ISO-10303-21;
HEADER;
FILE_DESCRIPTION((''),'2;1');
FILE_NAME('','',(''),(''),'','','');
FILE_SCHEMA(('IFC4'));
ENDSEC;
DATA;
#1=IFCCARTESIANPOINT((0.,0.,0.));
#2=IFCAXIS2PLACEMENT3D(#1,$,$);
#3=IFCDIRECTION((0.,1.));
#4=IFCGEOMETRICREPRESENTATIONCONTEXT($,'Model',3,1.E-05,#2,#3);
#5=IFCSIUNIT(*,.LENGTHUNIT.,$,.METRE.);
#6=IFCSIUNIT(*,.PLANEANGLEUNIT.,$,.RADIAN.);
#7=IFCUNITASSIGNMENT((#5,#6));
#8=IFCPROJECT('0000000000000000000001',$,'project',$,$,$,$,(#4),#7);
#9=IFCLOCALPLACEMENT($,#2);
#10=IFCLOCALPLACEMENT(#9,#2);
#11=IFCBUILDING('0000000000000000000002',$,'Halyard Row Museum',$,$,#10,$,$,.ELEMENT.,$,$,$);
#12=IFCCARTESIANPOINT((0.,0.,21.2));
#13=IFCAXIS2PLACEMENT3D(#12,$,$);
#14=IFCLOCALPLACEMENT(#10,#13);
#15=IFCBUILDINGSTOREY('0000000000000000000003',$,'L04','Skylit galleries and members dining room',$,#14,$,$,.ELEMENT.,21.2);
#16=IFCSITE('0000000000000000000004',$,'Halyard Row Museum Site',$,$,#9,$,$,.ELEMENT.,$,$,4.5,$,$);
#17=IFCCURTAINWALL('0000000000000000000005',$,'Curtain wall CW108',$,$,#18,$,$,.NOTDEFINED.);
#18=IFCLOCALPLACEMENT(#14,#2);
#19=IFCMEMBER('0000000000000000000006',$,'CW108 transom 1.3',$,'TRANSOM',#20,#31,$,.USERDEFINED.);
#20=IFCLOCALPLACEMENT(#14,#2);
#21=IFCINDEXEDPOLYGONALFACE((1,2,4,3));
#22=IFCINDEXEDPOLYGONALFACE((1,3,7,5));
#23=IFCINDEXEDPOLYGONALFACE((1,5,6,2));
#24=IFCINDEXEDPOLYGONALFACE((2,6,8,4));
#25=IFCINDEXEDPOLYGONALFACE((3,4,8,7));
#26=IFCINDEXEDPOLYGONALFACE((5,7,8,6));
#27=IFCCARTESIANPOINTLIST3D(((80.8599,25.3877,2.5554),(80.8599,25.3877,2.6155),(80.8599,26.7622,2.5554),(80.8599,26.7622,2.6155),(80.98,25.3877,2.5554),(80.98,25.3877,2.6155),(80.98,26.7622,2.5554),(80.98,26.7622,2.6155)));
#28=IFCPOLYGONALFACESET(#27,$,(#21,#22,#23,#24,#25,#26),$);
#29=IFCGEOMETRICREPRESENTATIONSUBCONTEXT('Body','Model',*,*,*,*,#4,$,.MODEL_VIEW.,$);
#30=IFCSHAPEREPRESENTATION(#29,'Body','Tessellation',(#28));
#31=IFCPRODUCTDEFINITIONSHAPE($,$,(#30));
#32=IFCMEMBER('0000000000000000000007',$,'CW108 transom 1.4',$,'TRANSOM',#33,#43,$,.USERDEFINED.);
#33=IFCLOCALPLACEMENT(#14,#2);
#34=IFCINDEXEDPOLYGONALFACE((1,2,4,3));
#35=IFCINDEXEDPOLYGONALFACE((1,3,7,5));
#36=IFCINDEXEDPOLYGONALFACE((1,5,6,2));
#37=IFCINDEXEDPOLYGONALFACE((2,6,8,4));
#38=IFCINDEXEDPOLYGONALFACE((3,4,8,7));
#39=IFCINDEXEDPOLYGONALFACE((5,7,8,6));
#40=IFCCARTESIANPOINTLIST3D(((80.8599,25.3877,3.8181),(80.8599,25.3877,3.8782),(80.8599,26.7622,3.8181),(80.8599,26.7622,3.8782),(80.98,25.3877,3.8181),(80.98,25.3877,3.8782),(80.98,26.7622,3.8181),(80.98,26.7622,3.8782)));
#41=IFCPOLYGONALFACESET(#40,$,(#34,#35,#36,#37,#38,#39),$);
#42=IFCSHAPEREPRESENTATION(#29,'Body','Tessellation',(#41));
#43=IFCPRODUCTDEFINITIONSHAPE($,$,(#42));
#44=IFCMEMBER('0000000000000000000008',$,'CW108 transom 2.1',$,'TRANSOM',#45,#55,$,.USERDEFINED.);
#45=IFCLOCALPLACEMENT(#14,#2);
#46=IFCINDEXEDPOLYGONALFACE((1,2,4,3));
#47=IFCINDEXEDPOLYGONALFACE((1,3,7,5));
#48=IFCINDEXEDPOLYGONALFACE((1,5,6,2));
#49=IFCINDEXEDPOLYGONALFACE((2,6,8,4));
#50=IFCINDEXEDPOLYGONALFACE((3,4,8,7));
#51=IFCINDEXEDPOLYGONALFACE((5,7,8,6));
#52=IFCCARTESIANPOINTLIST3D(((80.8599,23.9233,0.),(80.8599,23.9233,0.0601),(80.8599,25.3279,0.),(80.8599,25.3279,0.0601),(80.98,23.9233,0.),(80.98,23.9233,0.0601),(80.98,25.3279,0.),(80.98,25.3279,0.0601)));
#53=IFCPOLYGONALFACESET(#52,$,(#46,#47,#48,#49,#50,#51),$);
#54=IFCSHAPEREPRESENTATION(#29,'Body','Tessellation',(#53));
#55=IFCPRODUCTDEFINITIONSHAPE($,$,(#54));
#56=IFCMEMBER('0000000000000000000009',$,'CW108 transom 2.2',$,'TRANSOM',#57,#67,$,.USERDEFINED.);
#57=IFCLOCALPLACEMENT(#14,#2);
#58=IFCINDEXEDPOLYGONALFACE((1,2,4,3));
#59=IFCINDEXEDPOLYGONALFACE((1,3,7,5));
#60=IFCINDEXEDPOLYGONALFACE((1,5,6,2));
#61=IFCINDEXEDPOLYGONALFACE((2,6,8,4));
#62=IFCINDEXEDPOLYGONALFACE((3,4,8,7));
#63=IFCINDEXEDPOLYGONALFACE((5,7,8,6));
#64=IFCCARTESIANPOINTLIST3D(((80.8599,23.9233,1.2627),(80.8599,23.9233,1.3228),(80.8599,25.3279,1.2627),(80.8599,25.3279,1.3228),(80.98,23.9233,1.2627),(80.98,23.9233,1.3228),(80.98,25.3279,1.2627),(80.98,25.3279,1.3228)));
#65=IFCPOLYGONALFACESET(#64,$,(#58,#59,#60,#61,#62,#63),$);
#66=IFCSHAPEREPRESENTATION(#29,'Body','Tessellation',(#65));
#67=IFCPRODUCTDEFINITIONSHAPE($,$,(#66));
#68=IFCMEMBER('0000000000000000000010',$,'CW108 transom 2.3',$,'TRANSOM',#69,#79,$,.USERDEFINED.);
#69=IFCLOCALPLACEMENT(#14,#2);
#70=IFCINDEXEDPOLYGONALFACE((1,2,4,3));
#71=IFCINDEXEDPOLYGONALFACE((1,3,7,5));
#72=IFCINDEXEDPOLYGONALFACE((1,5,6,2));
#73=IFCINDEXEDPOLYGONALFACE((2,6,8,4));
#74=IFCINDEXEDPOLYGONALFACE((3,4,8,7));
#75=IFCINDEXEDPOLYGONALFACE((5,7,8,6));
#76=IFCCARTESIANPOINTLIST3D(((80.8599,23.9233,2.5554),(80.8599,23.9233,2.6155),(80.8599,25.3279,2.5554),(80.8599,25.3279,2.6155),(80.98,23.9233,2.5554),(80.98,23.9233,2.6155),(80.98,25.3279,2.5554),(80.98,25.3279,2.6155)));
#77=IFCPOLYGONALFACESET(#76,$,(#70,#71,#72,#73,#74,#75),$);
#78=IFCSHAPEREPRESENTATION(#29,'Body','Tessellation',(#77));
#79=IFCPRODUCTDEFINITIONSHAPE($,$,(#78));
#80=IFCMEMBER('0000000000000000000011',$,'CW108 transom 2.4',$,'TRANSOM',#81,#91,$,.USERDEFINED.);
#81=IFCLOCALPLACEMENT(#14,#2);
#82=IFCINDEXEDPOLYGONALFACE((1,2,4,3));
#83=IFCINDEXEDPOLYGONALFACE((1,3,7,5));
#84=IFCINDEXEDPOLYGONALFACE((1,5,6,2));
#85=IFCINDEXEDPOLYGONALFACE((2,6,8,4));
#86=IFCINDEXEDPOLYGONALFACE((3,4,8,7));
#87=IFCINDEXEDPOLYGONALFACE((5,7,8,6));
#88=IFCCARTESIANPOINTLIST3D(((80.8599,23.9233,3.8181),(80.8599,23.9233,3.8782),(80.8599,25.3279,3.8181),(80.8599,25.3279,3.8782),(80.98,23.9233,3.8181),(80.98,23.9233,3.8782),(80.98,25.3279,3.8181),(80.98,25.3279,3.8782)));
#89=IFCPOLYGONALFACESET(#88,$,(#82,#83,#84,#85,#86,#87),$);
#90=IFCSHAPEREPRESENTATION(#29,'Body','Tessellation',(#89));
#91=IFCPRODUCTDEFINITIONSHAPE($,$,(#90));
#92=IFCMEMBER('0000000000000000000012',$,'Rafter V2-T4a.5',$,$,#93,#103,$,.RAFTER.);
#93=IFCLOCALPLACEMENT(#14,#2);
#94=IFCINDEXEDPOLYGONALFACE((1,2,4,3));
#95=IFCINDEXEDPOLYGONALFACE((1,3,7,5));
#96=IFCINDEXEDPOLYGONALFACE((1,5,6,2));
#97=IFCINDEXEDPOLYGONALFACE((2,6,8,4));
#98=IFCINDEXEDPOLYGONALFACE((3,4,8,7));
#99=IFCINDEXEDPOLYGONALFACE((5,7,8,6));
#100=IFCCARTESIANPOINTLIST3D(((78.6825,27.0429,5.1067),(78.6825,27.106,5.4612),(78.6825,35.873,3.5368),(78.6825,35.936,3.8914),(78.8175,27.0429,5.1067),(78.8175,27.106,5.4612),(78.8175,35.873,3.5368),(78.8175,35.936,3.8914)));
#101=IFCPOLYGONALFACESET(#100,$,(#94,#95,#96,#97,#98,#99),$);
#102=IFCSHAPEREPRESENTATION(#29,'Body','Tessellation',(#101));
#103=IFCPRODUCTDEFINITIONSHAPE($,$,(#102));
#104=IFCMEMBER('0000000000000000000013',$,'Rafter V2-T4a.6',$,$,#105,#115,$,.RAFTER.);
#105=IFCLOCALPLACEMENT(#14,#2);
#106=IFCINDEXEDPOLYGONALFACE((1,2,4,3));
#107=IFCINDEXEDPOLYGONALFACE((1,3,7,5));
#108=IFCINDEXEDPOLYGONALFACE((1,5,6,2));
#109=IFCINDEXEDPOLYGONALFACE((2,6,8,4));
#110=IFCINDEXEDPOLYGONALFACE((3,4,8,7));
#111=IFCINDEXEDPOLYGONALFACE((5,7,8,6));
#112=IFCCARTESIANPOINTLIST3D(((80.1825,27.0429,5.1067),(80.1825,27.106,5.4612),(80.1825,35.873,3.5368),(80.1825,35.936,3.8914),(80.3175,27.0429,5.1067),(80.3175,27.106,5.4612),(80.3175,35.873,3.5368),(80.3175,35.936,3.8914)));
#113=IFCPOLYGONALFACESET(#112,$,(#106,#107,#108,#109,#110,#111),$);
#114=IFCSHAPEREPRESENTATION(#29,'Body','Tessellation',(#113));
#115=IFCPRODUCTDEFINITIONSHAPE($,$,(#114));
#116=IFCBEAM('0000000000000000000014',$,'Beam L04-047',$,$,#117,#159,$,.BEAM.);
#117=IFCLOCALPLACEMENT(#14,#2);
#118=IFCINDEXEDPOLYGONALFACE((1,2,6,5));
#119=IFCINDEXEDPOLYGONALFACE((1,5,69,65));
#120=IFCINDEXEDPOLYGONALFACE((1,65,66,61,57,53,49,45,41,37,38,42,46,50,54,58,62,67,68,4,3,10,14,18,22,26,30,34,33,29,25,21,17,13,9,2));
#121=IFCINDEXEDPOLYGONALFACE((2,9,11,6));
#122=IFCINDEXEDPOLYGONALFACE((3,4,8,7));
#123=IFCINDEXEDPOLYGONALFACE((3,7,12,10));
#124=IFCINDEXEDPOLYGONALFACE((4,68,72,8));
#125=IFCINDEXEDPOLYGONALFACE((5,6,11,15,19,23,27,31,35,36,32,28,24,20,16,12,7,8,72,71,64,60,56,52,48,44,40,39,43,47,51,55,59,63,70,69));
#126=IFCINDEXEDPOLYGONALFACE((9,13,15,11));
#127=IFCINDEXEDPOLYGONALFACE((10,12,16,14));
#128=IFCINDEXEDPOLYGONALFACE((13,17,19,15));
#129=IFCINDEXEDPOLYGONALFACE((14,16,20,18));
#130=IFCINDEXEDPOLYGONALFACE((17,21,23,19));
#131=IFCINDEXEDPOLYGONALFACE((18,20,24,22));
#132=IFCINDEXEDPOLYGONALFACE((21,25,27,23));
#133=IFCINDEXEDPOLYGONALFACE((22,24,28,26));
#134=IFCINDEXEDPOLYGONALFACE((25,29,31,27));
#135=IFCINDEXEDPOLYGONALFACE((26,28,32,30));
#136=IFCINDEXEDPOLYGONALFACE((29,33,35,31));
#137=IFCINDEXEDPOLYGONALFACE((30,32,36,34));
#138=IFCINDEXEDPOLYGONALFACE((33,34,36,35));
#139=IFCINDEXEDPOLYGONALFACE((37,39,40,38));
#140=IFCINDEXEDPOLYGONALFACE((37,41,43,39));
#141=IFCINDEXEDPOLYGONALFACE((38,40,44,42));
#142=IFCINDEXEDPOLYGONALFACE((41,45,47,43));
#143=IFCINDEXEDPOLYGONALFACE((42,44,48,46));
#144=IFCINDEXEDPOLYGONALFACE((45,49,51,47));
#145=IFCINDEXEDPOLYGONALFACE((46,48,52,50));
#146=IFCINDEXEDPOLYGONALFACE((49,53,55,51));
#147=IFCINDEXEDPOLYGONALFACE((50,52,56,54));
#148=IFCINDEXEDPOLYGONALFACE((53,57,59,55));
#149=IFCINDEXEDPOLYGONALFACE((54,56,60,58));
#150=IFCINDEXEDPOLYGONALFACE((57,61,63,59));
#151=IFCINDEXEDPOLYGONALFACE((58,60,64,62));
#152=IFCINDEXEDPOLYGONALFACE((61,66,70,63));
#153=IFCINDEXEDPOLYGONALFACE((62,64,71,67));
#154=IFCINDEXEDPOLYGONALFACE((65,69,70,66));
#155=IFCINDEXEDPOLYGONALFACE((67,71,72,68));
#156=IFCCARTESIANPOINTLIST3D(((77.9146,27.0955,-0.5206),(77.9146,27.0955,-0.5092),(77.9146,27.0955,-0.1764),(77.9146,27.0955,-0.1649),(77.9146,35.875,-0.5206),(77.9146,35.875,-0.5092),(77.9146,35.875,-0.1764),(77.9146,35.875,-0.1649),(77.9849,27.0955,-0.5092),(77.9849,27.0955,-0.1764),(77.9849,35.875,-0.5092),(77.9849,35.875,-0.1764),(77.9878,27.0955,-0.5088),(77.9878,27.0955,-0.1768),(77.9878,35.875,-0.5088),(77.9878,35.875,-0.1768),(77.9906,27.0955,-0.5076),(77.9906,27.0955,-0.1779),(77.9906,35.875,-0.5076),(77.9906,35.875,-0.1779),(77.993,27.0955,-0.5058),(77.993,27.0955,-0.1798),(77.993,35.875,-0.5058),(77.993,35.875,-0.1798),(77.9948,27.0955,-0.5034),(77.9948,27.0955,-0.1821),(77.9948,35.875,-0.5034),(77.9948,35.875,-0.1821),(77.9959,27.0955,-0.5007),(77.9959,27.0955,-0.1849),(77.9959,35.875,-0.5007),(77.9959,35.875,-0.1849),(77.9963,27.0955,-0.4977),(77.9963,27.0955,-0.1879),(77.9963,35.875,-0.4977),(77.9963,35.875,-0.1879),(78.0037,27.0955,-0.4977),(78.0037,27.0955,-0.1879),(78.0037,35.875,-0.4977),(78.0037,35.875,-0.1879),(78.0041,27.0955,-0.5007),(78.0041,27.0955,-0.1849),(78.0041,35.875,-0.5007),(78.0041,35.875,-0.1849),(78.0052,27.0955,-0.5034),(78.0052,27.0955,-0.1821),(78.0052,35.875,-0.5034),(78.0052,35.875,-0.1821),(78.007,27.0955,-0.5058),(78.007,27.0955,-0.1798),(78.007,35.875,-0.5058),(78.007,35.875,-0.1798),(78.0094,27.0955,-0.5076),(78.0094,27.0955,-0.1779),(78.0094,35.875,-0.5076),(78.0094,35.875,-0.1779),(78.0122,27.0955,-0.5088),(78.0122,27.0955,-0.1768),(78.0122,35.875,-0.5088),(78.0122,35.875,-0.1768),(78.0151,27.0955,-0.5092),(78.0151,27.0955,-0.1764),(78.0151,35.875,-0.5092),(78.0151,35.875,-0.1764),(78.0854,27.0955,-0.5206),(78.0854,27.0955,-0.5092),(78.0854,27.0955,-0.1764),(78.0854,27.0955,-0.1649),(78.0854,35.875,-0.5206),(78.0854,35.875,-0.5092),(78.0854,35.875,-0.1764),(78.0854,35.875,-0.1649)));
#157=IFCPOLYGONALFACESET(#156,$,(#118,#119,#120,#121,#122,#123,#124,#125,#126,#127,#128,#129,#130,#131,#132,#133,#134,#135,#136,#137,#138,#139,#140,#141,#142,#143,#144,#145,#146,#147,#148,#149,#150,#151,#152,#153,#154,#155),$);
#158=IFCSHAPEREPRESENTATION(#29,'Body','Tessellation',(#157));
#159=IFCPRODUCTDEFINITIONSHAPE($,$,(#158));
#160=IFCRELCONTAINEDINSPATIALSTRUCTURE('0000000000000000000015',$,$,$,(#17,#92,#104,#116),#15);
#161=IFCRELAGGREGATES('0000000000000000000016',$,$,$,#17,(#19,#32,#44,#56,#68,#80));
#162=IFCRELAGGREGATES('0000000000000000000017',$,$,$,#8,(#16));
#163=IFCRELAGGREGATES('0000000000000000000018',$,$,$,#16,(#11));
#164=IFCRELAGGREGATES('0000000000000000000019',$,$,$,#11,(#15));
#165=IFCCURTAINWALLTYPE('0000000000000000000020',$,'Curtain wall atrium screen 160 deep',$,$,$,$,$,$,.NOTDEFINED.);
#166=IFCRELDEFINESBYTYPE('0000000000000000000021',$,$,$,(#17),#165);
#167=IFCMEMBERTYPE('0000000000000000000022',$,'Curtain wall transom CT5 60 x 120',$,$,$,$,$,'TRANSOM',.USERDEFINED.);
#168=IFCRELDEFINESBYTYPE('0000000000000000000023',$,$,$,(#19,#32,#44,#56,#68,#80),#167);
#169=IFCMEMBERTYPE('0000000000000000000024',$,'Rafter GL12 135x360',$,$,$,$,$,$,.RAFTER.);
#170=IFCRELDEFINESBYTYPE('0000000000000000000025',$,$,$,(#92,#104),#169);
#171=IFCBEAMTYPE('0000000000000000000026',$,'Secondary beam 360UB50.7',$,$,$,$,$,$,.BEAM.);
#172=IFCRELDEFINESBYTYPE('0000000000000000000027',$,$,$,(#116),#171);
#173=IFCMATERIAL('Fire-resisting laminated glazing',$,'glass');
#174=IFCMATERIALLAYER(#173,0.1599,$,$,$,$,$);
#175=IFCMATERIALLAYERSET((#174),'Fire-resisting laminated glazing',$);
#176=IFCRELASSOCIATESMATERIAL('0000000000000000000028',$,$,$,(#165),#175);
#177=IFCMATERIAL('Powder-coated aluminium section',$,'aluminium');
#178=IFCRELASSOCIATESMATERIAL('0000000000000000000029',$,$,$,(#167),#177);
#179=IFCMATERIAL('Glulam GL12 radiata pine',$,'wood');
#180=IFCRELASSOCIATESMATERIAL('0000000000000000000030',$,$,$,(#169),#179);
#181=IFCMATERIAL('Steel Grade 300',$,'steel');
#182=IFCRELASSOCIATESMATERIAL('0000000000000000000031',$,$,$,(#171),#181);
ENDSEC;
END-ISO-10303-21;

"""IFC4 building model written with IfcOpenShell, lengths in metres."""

from ifc_helpers import new_model, si_unit, direction, frame, origin, origin_2d, place, context, subcontext, project, spatial, rectangle, i_section, extrude, material, layer, layer_set, material_profile, profile_set, type_object, element, aggregate, save


model = new_model("IFC4")

# Units and contexts
model_context = context("Model", 3, precision=1e-05, world=origin(), true_north=direction((0.0, 1.0)))
body_context = subcontext(model_context, "Body", "Model", "MODEL_VIEW")
ifc_project = project(units=[si_unit("LENGTHUNIT", "METRE"), si_unit("PLANEANGLEUNIT", "RADIAN")], contexts=[model_context])

# Site, building, storey
site_placement = place(None, origin())
site = spatial("IfcSite", under=ifc_project, at=site_placement, Name="Halyard Row Museum Site", CompositionType="ELEMENT", RefElevation=4.5)
building_placement = place(site_placement, origin())
building = spatial("IfcBuilding", under=site, at=building_placement, Name="Halyard Row Museum", CompositionType="ELEMENT")
storey_placement = place(building_placement, frame((0.0, 0.0, 21.2)))
storey = spatial("IfcBuildingStorey", under=building, at=storey_placement, Name="L04", Description="Skylit galleries and members dining room", CompositionType="ELEMENT", Elevation=21.2)

# Curtain wall
ifc_material_1 = material(Name="Fire-resisting laminated glazing", Category="glass")
ifc_layer_1 = layer(ifc_material_1, 0.1599)
ifc_layer_set_1 = layer_set([ifc_layer_1], Name="Fire-resisting laminated glazing")
curtain_wall_type_1 = type_object("IfcCurtainWallType", Name="Curtain wall atrium screen 160 deep", PredefinedType="NOTDEFINED", material=ifc_layer_set_1)
curtain_wall_1_placement = place(storey_placement, origin())
curtain_wall_1 = element("IfcCurtainWall", 1, at=curtain_wall_1_placement, inside=storey, type_object=curtain_wall_type_1, Name="Curtain wall CW108", PredefinedType="NOTDEFINED")

# Members
ifc_material_2 = material(Name="Powder-coated aluminium section", Category="aluminium")
ifc_material_profile_1 = material_profile(ifc_material_2, rectangle(XDim=0.1201, YDim=0.0601, at=origin_2d()), Name="120x60 transom")
ifc_profile_set_1 = profile_set([ifc_material_profile_1], Name="Powder-coated aluminium section")
member_type_1 = type_object("IfcMemberType", Name="Curtain wall transom CT5 60 x 120", ElementType="TRANSOM", PredefinedType="USERDEFINED", material=ifc_profile_set_1)
member_1_placement = place(storey_placement, frame((80.9199, 26.7622, 2.5854), z_axis=(0.0, -1.0, 0.0), x_axis=(1.0, 0.0, 0.0)))
member_1 = element("IfcMember", 2, at=member_1_placement, type_object=member_type_1, Name="CW108 transom 1.3", ObjectType="TRANSOM", PredefinedType="USERDEFINED", context=body_context, shape_type="SweptSolid", body=[
    extrude(rectangle(XDim=0.1201, YDim=0.0601, at=origin_2d()), origin(), (0.0, 0.0, 1.0), 1.3745),
])
member_2_placement = place(storey_placement, frame((80.9199, 26.7622, 3.8481), z_axis=(0.0, -1.0, 0.0), x_axis=(1.0, 0.0, 0.0)))
member_2 = element("IfcMember", 3, at=member_2_placement, type_object=member_type_1, Name="CW108 transom 1.4", ObjectType="TRANSOM", PredefinedType="USERDEFINED", context=body_context, shape_type="SweptSolid", body=[
    extrude(rectangle(XDim=0.1201, YDim=0.0601, at=origin_2d()), origin(), (0.0, 0.0, 1.0), 1.3745),
])
member_3_placement = place(storey_placement, frame((80.9199, 25.3279, 0.03), z_axis=(0.0, -1.0, 0.0), x_axis=(1.0, 0.0, 0.0)))
member_3 = element("IfcMember", 4, at=member_3_placement, type_object=member_type_1, Name="CW108 transom 2.1", ObjectType="TRANSOM", PredefinedType="USERDEFINED", context=body_context, shape_type="SweptSolid", body=[
    extrude(rectangle(XDim=0.1201, YDim=0.0601, at=origin_2d()), origin(), (0.0, 0.0, 1.0), 1.4045),
])
member_4_placement = place(storey_placement, frame((80.9199, 25.3279, 1.2927), z_axis=(0.0, -1.0, 0.0), x_axis=(1.0, 0.0, 0.0)))
member_4 = element("IfcMember", 5, at=member_4_placement, type_object=member_type_1, Name="CW108 transom 2.2", ObjectType="TRANSOM", PredefinedType="USERDEFINED", context=body_context, shape_type="SweptSolid", body=[
    extrude(rectangle(XDim=0.1201, YDim=0.0601, at=origin_2d()), origin(), (0.0, 0.0, 1.0), 1.4045),
])
member_5_placement = place(storey_placement, frame((80.9199, 25.3279, 2.5854), z_axis=(0.0, -1.0, 0.0), x_axis=(1.0, 0.0, 0.0)))
member_5 = element("IfcMember", 6, at=member_5_placement, type_object=member_type_1, Name="CW108 transom 2.3", ObjectType="TRANSOM", PredefinedType="USERDEFINED", context=body_context, shape_type="SweptSolid", body=[
    extrude(rectangle(XDim=0.1201, YDim=0.0601, at=origin_2d()), origin(), (0.0, 0.0, 1.0), 1.4045),
])
member_6_placement = place(storey_placement, frame((80.9199, 25.3279, 3.8481), z_axis=(0.0, -1.0, 0.0), x_axis=(1.0, 0.0, 0.0)))
member_6 = element("IfcMember", 7, at=member_6_placement, type_object=member_type_1, Name="CW108 transom 2.4", ObjectType="TRANSOM", PredefinedType="USERDEFINED", context=body_context, shape_type="SweptSolid", body=[
    extrude(rectangle(XDim=0.1201, YDim=0.0601, at=origin_2d()), origin(), (0.0, 0.0, 1.0), 1.4045),
])

# Members
ifc_material_3 = material(Name="Glulam GL12 radiata pine", Category="wood")
ifc_material_profile_2 = material_profile(ifc_material_3, rectangle(XDim=0.135, YDim=0.3601, at=origin_2d()), Name="GL12 135x360")
ifc_profile_set_2 = profile_set([ifc_material_profile_2], Name="Glulam GL12 radiata pine")
member_type_2 = type_object("IfcMemberType", Name="Rafter GL12 135x360", PredefinedType="RAFTER", material=ifc_profile_set_2)
for number, where, z_axis, x_axis, name in (
    (8, (78.75, 27.0745, 5.2839), (0.0, 0.984562, -0.175037), (-1.0, 0.0, 0.0), "Rafter V2-T4a.5"),
    (9, (80.25, 27.0745, 5.2839), (0.0, 0.984562, -0.175037), (-1.0, 0.0, 0.0), "Rafter V2-T4a.6"),
):
    element("IfcMember", number, at=place(storey_placement, frame(where, z_axis=z_axis, x_axis=x_axis)), inside=storey, type_object=member_type_2, Name=name, PredefinedType="RAFTER", context=body_context, shape_type="SweptSolid", body=[
        extrude(rectangle(XDim=0.135, YDim=0.3601, at=origin_2d()), origin(), (0.0, 0.0, 1.0), 8.9685),
    ])

# Beam
ifc_material_4 = material(Name="Steel Grade 300", Category="steel")
ifc_material_profile_3 = material_profile(ifc_material_4, i_section(OverallWidth=0.1709, OverallDepth=0.3557, WebThickness=0.0073, FlangeThickness=0.0115, FilletRadius=0.0115, at=origin_2d()), Name="360UB50.7")
ifc_profile_set_3 = profile_set([ifc_material_profile_3], Name="Steel Grade 300")
beam_type = type_object("IfcBeamType", Name="Secondary beam 360UB50.7", PredefinedType="BEAM", material=ifc_profile_set_3)
beam_placement = place(storey_placement, frame((78.0, 27.0955, -0.3428), z_axis=(0.0, 1.0, 0.0), x_axis=(-1.0, 0.0, 0.0)))
element("IfcBeam", 10, at=beam_placement, inside=storey, type_object=beam_type, Name="Beam L04-047", PredefinedType="BEAM", context=body_context, shape_type="SweptSolid", body=[
    extrude(i_section(OverallWidth=0.1709, OverallDepth=0.3557, WebThickness=0.0073, FlangeThickness=0.0115, FilletRadius=0.0115, at=origin_2d()), origin(), (0.0, 0.0, 1.0), 8.7795),
])

aggregate(curtain_wall_1, [member_1, member_2, member_3, member_4, member_5, member_6])

save(model, "model.ifc")
